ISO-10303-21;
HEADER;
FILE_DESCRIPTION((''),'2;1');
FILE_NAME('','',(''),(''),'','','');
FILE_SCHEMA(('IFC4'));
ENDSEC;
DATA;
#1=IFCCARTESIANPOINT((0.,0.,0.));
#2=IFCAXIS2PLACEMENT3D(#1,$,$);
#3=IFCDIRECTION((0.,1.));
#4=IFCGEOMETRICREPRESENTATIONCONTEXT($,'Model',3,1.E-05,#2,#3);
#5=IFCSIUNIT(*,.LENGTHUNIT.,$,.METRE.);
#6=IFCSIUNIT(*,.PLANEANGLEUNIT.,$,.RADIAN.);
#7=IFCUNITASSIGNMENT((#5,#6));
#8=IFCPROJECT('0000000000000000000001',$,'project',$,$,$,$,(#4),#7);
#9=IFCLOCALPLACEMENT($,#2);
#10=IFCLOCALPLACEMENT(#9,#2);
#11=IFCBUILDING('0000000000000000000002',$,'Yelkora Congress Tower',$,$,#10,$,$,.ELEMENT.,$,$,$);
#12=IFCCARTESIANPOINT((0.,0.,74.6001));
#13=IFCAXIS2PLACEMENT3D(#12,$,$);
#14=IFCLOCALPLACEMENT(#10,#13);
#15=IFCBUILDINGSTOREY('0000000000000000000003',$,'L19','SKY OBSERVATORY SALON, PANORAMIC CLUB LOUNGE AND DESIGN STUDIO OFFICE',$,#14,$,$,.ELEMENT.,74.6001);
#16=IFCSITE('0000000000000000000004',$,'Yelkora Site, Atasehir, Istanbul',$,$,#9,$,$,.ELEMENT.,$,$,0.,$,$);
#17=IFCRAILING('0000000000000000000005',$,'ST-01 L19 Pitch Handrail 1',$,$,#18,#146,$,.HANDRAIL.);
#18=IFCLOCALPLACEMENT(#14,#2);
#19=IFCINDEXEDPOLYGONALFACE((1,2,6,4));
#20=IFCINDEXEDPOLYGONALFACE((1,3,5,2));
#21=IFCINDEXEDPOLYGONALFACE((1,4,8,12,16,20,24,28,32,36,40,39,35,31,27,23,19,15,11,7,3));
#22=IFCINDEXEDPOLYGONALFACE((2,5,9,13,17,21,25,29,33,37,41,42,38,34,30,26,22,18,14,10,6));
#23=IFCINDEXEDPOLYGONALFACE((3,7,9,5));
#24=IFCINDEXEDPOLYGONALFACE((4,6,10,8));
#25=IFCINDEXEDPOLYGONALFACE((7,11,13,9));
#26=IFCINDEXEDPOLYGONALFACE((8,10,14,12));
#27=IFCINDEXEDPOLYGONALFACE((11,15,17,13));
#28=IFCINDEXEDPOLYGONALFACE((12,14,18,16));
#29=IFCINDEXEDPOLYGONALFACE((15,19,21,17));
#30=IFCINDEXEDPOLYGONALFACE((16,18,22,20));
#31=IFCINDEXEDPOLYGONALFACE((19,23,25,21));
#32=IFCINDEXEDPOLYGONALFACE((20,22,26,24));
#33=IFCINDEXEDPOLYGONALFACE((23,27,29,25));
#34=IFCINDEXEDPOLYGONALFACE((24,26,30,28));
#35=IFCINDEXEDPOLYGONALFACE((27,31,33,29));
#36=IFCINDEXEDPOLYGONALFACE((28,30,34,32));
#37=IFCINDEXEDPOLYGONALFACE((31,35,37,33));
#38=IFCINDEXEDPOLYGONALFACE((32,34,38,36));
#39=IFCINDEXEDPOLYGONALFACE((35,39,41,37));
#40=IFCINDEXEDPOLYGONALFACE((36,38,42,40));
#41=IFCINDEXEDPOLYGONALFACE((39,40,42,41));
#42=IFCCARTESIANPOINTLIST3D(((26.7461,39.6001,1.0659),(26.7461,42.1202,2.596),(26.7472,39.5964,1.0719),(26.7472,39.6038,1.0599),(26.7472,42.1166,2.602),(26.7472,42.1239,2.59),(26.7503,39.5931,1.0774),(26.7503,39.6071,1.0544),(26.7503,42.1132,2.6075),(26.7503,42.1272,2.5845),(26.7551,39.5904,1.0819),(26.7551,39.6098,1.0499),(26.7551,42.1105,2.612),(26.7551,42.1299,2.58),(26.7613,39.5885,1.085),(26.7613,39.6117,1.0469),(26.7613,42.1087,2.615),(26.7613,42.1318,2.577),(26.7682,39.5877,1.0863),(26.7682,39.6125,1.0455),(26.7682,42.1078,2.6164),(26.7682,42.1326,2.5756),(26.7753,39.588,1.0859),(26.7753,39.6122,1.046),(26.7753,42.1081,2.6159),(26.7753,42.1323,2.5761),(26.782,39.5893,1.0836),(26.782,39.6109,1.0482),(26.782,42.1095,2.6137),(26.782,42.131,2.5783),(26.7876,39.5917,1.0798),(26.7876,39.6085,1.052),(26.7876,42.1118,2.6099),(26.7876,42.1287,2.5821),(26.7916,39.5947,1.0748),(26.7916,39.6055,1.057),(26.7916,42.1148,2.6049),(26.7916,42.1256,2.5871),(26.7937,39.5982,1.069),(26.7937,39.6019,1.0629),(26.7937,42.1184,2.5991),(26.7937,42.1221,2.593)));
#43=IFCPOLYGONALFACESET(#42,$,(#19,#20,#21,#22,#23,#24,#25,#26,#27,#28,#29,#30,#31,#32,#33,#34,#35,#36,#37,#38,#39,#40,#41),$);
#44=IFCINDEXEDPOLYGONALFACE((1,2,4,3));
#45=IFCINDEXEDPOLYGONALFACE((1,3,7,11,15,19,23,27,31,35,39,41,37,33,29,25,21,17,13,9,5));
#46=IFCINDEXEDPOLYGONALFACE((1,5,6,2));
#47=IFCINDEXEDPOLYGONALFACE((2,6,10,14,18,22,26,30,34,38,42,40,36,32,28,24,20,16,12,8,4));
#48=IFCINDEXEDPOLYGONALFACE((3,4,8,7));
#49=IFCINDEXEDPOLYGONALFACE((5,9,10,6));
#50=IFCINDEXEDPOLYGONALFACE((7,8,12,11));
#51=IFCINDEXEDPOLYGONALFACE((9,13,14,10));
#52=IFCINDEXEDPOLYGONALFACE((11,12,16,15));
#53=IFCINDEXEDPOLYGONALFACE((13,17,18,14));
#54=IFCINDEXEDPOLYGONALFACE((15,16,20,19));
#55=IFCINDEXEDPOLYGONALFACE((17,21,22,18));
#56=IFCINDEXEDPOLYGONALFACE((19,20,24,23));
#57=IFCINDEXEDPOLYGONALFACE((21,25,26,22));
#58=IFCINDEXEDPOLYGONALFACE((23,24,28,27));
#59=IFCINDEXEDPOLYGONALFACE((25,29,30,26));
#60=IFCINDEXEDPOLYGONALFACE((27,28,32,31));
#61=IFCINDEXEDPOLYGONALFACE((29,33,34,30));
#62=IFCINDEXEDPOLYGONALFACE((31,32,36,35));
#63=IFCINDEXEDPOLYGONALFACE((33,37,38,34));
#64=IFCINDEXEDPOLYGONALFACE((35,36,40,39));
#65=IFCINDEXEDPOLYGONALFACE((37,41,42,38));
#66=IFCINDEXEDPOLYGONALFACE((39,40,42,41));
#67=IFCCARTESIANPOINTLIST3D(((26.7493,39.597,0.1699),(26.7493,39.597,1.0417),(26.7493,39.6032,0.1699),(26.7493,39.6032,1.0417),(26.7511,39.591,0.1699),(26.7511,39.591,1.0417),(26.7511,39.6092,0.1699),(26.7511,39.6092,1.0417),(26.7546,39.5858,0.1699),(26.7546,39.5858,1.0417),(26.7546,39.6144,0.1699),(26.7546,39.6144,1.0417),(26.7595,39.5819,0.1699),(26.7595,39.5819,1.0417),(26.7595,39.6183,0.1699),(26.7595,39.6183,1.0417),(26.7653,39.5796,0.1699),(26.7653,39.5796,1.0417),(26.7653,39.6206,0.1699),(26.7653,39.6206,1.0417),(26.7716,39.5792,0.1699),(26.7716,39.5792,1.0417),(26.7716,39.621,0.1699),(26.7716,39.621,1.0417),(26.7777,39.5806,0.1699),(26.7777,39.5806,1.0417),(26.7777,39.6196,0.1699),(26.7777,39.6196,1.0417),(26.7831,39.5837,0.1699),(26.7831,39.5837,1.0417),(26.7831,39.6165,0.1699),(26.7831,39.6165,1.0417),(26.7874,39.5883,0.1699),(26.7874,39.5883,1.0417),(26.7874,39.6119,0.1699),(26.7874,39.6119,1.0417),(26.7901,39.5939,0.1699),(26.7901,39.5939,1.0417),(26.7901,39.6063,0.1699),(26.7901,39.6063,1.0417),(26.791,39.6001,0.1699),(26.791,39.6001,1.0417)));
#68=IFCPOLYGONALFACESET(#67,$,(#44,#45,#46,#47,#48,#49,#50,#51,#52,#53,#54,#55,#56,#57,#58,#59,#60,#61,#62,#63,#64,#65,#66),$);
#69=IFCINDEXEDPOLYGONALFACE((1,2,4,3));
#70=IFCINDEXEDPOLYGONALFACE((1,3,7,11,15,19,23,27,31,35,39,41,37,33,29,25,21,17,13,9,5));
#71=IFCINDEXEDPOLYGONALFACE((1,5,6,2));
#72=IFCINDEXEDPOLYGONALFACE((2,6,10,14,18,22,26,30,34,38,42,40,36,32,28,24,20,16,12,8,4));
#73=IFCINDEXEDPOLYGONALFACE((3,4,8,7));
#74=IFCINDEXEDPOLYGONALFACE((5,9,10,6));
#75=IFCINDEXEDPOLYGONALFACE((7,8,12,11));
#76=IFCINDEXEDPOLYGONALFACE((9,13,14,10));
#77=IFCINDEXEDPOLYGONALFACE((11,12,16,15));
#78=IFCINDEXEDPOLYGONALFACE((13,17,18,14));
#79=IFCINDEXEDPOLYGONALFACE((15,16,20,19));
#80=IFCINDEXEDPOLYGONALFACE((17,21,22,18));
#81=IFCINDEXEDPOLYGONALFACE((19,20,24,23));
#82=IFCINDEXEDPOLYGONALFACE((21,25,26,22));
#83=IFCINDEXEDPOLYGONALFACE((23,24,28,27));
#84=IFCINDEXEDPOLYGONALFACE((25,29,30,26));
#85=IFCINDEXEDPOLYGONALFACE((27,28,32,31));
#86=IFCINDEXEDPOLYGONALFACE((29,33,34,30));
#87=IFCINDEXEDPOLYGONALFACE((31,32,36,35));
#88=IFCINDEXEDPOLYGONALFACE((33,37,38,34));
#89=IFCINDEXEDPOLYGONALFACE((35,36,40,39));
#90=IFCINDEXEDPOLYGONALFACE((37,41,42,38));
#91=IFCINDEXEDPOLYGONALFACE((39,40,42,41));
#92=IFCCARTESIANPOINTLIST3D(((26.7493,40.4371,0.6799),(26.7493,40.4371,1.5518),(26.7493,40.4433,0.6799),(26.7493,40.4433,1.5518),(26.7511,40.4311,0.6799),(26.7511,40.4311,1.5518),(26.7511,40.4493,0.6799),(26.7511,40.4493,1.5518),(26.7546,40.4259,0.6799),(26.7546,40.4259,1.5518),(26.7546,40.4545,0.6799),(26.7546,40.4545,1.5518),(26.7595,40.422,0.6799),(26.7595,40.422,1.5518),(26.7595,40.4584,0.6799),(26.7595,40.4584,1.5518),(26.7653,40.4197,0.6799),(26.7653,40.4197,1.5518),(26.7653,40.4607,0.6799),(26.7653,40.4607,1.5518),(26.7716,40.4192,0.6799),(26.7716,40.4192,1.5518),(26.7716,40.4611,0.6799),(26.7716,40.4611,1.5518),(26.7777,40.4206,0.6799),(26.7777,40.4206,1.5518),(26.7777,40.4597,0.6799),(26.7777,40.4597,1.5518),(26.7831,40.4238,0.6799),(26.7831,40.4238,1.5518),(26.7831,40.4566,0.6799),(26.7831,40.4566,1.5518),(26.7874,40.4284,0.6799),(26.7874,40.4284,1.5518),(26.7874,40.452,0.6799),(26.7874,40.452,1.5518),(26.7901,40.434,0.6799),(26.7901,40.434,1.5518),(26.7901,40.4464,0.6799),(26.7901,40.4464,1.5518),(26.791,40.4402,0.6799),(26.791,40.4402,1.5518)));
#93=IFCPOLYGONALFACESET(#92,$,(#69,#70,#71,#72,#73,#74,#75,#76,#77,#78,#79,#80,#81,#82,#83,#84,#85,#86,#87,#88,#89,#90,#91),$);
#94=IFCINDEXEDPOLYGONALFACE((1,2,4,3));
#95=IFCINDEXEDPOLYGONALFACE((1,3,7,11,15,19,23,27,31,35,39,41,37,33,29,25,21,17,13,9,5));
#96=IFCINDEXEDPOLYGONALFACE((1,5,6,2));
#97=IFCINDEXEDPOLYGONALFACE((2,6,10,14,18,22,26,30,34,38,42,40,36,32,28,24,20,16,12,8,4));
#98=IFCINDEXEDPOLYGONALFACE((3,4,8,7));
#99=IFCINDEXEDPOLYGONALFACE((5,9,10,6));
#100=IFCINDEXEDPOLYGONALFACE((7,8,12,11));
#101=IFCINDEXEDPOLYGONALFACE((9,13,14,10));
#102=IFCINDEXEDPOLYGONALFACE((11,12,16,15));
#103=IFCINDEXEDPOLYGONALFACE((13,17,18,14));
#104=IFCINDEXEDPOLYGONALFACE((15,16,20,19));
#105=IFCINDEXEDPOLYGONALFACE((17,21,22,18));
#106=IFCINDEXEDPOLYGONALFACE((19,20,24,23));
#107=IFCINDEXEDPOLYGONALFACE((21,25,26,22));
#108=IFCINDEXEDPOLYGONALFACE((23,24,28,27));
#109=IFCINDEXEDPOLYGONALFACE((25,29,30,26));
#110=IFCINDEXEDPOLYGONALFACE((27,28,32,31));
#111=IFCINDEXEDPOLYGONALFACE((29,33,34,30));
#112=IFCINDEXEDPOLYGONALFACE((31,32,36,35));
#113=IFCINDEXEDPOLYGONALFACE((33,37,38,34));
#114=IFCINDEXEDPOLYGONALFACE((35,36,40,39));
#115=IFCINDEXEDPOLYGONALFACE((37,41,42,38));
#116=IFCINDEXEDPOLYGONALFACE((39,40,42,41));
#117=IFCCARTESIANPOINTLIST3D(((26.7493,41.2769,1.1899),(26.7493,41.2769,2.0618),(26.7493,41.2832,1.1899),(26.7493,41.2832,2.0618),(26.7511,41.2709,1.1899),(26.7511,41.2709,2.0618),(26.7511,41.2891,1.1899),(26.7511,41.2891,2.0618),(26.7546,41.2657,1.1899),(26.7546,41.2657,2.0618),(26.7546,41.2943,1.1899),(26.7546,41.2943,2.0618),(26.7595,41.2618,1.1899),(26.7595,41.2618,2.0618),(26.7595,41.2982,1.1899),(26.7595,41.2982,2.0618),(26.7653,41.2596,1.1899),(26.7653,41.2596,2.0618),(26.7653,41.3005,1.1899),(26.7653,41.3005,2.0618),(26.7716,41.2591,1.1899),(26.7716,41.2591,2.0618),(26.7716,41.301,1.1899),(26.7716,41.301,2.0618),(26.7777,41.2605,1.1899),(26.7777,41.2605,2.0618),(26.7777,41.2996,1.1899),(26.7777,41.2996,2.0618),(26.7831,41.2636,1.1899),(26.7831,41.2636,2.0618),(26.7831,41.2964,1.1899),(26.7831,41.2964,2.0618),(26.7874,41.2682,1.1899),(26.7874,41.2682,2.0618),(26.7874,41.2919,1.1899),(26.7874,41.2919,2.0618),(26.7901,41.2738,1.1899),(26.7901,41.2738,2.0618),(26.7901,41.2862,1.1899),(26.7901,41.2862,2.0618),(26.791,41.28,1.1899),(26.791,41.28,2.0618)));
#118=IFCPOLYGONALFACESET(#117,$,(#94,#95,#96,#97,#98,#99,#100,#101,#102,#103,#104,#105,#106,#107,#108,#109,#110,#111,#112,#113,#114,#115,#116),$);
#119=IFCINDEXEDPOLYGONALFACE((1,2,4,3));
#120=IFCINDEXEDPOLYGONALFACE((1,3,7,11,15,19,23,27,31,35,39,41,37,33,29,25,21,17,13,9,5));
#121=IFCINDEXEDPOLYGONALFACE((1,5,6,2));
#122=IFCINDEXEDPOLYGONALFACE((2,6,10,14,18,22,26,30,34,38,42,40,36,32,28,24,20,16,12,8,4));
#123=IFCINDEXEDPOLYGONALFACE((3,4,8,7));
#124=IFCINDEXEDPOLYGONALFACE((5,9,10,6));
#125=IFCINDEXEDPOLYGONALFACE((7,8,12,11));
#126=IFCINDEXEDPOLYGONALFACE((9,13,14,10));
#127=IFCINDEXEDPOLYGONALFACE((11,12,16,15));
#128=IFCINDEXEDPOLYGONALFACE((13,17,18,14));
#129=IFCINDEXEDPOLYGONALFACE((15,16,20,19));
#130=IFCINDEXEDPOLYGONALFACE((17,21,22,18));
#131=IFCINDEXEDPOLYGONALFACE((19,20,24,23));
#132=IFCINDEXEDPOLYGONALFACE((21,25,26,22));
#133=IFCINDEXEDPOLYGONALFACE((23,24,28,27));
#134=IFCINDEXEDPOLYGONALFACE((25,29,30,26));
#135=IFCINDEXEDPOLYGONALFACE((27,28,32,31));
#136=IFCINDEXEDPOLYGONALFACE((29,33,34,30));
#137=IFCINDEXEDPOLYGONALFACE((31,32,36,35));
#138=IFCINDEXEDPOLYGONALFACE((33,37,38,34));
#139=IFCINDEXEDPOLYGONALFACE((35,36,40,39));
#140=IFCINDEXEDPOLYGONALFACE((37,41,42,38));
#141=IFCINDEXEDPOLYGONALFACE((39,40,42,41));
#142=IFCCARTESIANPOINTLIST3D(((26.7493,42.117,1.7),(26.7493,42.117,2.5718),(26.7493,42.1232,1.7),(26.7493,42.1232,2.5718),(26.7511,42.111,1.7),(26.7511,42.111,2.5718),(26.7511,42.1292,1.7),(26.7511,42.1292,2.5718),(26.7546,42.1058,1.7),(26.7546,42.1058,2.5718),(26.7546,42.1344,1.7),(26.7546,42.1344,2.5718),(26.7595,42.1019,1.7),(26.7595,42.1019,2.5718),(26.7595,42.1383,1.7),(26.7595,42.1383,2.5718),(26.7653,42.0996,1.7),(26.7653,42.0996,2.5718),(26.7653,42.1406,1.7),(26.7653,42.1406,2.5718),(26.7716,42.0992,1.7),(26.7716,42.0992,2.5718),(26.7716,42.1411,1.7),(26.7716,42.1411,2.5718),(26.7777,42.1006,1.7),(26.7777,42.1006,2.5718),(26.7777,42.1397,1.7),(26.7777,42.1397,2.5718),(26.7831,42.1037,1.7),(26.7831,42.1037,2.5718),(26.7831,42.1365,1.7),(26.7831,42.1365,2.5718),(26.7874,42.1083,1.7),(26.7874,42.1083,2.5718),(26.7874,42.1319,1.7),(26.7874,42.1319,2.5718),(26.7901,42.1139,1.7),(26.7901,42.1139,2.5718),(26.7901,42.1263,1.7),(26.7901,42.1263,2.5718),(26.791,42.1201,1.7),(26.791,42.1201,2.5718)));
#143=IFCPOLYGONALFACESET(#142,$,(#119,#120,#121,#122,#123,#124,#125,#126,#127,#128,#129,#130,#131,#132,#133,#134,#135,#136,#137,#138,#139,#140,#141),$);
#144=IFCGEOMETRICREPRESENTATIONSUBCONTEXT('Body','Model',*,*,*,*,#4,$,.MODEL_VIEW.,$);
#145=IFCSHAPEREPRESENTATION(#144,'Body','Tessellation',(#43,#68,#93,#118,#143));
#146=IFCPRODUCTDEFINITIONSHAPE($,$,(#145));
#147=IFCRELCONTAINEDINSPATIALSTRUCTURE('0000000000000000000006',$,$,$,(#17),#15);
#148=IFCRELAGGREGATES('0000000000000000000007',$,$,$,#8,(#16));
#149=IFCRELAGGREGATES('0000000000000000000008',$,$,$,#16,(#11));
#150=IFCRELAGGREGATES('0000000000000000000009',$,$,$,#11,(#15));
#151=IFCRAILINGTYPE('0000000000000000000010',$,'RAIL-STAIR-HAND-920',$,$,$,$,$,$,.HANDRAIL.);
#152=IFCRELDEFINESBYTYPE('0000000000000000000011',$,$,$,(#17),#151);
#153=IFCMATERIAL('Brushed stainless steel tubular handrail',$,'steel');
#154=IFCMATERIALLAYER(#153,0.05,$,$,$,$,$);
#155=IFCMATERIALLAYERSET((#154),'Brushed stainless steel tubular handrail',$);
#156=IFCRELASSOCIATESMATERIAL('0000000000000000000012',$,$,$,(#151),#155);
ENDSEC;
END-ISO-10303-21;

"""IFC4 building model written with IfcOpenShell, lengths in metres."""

from ifc_helpers import new_model, si_unit, direction, frame, origin, origin_2d, place, context, subcontext, project, spatial, circle, extrude, material, layer, layer_set, type_object, element, save


model = new_model("IFC4")

# Units and contexts
model_context = context("Model", 3, precision=1e-05, world=origin(), true_north=direction((0.0, 1.0)))
body_context = subcontext(model_context, "Body", "Model", "MODEL_VIEW")
ifc_project = project(units=[si_unit("LENGTHUNIT", "METRE"), si_unit("PLANEANGLEUNIT", "RADIAN")], contexts=[model_context])

# Site, building, storey
site_placement = place(None, origin())
site = spatial("IfcSite", under=ifc_project, at=site_placement, Name="Yelkora Site, Atasehir, Istanbul", CompositionType="ELEMENT", RefElevation=0.0)
building_placement = place(site_placement, origin())
building = spatial("IfcBuilding", under=site, at=building_placement, Name="Yelkora Congress Tower", CompositionType="ELEMENT")
storey_placement = place(building_placement, frame((0.0, 0.0, 74.6001)))
storey = spatial("IfcBuildingStorey", under=building, at=storey_placement, Name="L19", Description="SKY OBSERVATORY SALON, PANORAMIC CLUB LOUNGE AND DESIGN STUDIO OFFICE", CompositionType="ELEMENT", Elevation=74.6001)

# Railing
ifc_material_1 = material(Name="Brushed stainless steel tubular handrail", Category="steel")
ifc_layer_1 = layer(ifc_material_1, 0.05)
ifc_layer_set_1 = layer_set([ifc_layer_1], Name="Brushed stainless steel tubular handrail")
railing_type_1 = type_object("IfcRailingType", Name="RAIL-STAIR-HAND-920", PredefinedType="HANDRAIL", material=ifc_layer_set_1)
railing_1_placement = place(storey_placement, frame((26.77, 39.6001, 0.1699)))
element("IfcRailing", 1, at=railing_1_placement, inside=storey, type_object=railing_type_1, Name="ST-01 L19 Pitch Handrail 1", PredefinedType="HANDRAIL", context=body_context, shape_type="SweptSolid", body=[
    extrude(circle(Radius=0.0239, at=origin_2d()), frame((0.0, 0.0, 0.896), z_axis=(0.0, 0.854785, 0.518982), x_axis=(-1.0, 0.0, 0.0)), (0.0, 0.0, 1.0), 2.9482),
    extrude(circle(Radius=0.021, at=origin_2d()), origin(), (0.0, 0.0, 1.0), 0.8718),
    extrude(circle(Radius=0.021, at=origin_2d()), frame((0.0, 0.8401, 0.51)), (0.0, 0.0, 1.0), 0.8718),
    extrude(circle(Radius=0.021, at=origin_2d()), frame((0.0, 1.6799, 1.02)), (0.0, 0.0, 1.0), 0.8718),
    extrude(circle(Radius=0.021, at=origin_2d()), frame((0.0, 2.52, 1.53)), (0.0, 0.0, 1.0), 0.8718),
])

save(model, "model.ifc")
